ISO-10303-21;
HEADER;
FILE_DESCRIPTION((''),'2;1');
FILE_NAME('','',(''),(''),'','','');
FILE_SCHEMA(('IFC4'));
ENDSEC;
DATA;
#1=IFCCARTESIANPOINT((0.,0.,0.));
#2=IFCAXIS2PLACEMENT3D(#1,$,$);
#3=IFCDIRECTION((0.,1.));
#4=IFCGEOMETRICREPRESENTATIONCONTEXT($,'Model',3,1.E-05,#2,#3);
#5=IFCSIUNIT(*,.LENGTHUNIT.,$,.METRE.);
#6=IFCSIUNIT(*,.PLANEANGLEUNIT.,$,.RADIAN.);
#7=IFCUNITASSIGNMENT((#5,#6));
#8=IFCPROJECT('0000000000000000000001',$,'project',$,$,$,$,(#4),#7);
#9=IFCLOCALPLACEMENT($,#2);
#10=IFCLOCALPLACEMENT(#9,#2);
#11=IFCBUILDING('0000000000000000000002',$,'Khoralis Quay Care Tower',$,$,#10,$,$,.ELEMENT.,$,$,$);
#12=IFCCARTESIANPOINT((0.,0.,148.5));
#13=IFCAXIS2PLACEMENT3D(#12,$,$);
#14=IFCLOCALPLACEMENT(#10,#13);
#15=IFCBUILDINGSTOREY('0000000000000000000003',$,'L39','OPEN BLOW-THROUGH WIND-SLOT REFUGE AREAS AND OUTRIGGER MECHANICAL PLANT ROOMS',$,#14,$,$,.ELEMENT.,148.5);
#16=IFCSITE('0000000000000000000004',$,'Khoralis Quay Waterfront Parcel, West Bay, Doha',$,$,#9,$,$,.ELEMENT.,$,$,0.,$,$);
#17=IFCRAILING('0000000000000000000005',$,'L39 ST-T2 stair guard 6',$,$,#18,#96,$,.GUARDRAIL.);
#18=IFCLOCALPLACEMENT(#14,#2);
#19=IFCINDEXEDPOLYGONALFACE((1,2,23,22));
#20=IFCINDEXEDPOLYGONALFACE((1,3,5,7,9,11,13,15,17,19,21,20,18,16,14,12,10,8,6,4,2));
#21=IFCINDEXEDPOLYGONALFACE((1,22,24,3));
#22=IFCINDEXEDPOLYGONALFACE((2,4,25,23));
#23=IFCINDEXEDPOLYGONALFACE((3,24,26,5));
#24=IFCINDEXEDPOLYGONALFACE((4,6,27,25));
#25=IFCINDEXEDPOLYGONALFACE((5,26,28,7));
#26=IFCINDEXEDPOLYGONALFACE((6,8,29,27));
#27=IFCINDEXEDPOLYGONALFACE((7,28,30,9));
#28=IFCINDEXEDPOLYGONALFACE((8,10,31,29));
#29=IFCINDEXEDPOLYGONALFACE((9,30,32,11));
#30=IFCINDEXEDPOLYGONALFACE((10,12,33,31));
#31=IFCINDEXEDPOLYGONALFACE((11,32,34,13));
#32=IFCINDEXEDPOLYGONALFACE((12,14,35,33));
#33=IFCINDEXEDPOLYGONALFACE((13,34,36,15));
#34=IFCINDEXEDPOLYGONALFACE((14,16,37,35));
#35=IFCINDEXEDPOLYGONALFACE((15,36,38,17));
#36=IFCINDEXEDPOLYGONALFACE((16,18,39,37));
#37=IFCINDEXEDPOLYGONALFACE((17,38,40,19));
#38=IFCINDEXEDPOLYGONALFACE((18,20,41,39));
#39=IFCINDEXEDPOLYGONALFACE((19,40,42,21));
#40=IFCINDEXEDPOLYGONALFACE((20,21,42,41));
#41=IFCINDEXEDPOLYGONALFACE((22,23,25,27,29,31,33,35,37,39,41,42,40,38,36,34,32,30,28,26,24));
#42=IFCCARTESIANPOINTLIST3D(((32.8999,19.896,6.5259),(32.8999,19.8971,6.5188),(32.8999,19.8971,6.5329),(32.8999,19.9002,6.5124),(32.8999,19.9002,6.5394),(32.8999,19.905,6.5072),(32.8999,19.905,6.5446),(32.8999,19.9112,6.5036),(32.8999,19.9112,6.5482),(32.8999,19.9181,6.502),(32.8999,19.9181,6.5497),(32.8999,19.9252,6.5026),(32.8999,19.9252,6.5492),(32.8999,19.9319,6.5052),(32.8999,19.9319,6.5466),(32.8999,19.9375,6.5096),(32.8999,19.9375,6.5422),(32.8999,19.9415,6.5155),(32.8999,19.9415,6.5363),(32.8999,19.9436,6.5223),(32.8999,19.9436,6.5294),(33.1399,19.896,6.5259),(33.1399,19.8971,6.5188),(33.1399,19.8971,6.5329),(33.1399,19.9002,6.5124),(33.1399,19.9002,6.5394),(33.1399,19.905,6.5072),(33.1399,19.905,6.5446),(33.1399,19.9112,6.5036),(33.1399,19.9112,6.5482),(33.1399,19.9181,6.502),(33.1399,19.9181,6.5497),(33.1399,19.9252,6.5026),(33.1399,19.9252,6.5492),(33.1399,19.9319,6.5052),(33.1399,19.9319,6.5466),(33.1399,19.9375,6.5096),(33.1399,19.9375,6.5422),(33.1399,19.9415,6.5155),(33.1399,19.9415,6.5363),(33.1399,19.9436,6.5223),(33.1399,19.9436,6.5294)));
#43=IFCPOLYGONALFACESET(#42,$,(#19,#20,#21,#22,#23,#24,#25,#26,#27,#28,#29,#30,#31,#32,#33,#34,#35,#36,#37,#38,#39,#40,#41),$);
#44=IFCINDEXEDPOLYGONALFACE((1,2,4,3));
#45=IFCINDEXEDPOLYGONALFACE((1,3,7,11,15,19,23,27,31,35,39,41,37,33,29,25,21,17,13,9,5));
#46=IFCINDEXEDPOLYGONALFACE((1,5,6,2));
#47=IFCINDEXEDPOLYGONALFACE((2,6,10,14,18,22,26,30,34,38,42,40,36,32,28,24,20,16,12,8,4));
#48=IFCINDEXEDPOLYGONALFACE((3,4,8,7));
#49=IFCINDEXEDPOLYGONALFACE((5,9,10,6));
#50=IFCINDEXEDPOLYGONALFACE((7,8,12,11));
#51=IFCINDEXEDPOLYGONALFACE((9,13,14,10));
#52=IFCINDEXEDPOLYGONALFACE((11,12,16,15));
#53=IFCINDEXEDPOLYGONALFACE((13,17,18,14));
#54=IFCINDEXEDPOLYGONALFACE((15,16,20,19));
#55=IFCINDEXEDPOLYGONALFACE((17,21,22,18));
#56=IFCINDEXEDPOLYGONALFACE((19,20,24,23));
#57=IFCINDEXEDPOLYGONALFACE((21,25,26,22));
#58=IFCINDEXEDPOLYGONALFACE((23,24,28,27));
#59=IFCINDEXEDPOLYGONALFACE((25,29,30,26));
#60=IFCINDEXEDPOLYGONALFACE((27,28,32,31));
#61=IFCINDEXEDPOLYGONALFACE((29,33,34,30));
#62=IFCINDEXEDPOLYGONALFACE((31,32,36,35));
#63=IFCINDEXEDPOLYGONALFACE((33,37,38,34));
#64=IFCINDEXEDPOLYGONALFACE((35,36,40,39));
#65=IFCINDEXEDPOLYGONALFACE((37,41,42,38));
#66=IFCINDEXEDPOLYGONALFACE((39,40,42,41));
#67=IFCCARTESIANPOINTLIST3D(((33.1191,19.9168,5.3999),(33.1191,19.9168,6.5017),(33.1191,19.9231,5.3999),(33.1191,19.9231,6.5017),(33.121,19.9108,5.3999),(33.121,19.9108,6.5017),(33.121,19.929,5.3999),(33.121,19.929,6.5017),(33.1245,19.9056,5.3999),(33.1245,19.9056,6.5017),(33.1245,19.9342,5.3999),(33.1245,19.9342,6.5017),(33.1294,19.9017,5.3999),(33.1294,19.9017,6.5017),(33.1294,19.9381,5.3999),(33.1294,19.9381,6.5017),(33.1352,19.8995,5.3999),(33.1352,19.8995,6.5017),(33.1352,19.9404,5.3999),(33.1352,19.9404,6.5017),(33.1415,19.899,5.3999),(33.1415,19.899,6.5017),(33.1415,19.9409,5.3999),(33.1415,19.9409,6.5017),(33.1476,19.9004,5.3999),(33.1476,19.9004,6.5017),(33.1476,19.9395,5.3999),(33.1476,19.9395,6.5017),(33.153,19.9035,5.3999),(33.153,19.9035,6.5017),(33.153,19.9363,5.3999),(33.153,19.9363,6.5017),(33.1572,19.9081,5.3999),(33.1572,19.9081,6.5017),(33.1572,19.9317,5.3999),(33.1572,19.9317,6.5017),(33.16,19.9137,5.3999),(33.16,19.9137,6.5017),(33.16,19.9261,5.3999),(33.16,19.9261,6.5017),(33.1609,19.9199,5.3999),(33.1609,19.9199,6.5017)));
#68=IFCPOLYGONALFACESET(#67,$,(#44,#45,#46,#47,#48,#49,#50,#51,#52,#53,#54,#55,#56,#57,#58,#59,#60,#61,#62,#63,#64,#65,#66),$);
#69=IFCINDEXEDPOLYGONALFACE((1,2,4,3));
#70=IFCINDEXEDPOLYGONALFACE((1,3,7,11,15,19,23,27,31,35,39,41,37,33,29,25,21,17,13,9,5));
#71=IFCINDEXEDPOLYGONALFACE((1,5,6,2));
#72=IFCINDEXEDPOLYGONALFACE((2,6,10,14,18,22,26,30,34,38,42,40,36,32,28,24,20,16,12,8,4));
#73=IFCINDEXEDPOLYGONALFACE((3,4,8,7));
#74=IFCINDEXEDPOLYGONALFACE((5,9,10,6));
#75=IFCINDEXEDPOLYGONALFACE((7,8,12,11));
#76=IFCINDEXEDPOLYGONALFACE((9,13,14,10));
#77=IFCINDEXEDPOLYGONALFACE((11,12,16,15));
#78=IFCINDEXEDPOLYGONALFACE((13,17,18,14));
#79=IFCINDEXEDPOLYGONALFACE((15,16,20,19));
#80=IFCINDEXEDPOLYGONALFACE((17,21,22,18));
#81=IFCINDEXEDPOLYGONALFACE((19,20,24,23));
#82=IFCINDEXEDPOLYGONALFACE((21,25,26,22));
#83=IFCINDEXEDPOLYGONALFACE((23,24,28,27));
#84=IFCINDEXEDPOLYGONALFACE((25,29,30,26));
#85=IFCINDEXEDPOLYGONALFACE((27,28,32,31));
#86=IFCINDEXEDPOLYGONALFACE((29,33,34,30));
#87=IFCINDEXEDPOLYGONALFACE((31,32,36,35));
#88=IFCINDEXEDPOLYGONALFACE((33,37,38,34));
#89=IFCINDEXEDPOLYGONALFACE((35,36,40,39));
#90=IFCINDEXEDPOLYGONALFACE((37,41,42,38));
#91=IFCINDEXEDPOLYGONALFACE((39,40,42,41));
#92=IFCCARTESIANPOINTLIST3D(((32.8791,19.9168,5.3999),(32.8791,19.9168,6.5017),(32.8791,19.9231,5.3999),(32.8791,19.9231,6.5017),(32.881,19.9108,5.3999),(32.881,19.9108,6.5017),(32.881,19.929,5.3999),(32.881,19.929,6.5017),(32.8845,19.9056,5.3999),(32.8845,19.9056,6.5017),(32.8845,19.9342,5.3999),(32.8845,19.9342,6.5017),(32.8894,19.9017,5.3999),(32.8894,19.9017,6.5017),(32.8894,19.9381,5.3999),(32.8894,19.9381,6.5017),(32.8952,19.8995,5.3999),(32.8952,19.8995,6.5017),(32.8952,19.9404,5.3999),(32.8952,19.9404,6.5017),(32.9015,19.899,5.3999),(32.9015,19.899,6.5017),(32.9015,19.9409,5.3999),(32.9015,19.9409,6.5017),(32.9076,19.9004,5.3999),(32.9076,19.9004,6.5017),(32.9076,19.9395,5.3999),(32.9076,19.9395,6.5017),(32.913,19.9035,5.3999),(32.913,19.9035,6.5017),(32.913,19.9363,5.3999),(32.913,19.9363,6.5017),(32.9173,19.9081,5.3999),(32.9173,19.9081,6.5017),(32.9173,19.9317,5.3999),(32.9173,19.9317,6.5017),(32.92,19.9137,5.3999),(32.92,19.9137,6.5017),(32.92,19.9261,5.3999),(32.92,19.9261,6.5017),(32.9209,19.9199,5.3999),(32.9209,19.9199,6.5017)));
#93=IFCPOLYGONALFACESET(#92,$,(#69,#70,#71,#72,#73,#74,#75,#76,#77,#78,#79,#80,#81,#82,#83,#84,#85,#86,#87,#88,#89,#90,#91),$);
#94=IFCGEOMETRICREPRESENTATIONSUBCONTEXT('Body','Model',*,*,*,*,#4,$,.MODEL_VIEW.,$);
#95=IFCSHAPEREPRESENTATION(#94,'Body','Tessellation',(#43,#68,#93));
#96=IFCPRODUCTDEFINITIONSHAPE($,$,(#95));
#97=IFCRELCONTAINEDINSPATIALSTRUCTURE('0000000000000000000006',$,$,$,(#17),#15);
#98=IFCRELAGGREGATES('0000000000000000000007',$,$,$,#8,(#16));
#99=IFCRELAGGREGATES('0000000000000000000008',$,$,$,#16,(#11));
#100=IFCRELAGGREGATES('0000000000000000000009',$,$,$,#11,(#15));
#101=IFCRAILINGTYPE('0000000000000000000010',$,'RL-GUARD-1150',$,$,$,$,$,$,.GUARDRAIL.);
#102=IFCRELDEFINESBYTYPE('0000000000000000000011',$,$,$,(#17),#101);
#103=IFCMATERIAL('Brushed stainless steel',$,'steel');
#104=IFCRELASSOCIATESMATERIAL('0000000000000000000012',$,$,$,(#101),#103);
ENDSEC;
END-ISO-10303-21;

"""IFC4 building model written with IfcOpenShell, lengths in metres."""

from ifc_helpers import new_model, si_unit, direction, frame, origin, origin_2d, place, context, subcontext, project, spatial, circle, extrude, material, type_object, element, save


model = new_model("IFC4")

# Units and contexts
model_context = context("Model", 3, precision=1e-05, world=origin(), true_north=direction((0.0, 1.0)))
body_context = subcontext(model_context, "Body", "Model", "MODEL_VIEW")
ifc_project = project(units=[si_unit("LENGTHUNIT", "METRE"), si_unit("PLANEANGLEUNIT", "RADIAN")], contexts=[model_context])

# Site, building, storey
site_placement = place(None, origin())
site = spatial("IfcSite", under=ifc_project, at=site_placement, Name="Khoralis Quay Waterfront Parcel, West Bay, Doha", CompositionType="ELEMENT", RefElevation=0.0)
building_placement = place(site_placement, origin())
building = spatial("IfcBuilding", under=site, at=building_placement, Name="Khoralis Quay Care Tower", CompositionType="ELEMENT")
storey_placement = place(building_placement, frame((0.0, 0.0, 148.5)))
storey = spatial("IfcBuildingStorey", under=building, at=storey_placement, Name="L39", Description="OPEN BLOW-THROUGH WIND-SLOT REFUGE AREAS AND OUTRIGGER MECHANICAL PLANT ROOMS", CompositionType="ELEMENT", Elevation=148.5)

# Shared definitions
ifc_material_1 = material(Name="Brushed stainless steel", Category="steel")

# Railing
railing_type_1 = type_object("IfcRailingType", Name="RL-GUARD-1150", PredefinedType="GUARDRAIL", material=ifc_material_1)
railing_1_placement = place(storey_placement, frame((33.1399, 19.9199, 5.3999)))
element("IfcRailing", 1, at=railing_1_placement, inside=storey, type_object=railing_type_1, Name="L39 ST-T2 stair guard 6", PredefinedType="GUARDRAIL", context=body_context, shape_type="SweptSolid", body=[
    extrude(circle(Radius=0.0239, at=origin_2d()), frame((0.0, 0.0, 1.126), z_axis=(-1.0, 0.0, 0.0), x_axis=(0.0, -1.0, 0.0)), (0.0, 0.0, 1.0), 0.24),
    extrude(circle(Radius=0.021, at=origin_2d()), origin(), (0.0, 0.0, 1.0), 1.1018),
    extrude(circle(Radius=0.021, at=origin_2d()), frame((-0.24, 0.0, 0.0)), (0.0, 0.0, 1.0), 1.1018),
])

save(model, "model.ifc")
